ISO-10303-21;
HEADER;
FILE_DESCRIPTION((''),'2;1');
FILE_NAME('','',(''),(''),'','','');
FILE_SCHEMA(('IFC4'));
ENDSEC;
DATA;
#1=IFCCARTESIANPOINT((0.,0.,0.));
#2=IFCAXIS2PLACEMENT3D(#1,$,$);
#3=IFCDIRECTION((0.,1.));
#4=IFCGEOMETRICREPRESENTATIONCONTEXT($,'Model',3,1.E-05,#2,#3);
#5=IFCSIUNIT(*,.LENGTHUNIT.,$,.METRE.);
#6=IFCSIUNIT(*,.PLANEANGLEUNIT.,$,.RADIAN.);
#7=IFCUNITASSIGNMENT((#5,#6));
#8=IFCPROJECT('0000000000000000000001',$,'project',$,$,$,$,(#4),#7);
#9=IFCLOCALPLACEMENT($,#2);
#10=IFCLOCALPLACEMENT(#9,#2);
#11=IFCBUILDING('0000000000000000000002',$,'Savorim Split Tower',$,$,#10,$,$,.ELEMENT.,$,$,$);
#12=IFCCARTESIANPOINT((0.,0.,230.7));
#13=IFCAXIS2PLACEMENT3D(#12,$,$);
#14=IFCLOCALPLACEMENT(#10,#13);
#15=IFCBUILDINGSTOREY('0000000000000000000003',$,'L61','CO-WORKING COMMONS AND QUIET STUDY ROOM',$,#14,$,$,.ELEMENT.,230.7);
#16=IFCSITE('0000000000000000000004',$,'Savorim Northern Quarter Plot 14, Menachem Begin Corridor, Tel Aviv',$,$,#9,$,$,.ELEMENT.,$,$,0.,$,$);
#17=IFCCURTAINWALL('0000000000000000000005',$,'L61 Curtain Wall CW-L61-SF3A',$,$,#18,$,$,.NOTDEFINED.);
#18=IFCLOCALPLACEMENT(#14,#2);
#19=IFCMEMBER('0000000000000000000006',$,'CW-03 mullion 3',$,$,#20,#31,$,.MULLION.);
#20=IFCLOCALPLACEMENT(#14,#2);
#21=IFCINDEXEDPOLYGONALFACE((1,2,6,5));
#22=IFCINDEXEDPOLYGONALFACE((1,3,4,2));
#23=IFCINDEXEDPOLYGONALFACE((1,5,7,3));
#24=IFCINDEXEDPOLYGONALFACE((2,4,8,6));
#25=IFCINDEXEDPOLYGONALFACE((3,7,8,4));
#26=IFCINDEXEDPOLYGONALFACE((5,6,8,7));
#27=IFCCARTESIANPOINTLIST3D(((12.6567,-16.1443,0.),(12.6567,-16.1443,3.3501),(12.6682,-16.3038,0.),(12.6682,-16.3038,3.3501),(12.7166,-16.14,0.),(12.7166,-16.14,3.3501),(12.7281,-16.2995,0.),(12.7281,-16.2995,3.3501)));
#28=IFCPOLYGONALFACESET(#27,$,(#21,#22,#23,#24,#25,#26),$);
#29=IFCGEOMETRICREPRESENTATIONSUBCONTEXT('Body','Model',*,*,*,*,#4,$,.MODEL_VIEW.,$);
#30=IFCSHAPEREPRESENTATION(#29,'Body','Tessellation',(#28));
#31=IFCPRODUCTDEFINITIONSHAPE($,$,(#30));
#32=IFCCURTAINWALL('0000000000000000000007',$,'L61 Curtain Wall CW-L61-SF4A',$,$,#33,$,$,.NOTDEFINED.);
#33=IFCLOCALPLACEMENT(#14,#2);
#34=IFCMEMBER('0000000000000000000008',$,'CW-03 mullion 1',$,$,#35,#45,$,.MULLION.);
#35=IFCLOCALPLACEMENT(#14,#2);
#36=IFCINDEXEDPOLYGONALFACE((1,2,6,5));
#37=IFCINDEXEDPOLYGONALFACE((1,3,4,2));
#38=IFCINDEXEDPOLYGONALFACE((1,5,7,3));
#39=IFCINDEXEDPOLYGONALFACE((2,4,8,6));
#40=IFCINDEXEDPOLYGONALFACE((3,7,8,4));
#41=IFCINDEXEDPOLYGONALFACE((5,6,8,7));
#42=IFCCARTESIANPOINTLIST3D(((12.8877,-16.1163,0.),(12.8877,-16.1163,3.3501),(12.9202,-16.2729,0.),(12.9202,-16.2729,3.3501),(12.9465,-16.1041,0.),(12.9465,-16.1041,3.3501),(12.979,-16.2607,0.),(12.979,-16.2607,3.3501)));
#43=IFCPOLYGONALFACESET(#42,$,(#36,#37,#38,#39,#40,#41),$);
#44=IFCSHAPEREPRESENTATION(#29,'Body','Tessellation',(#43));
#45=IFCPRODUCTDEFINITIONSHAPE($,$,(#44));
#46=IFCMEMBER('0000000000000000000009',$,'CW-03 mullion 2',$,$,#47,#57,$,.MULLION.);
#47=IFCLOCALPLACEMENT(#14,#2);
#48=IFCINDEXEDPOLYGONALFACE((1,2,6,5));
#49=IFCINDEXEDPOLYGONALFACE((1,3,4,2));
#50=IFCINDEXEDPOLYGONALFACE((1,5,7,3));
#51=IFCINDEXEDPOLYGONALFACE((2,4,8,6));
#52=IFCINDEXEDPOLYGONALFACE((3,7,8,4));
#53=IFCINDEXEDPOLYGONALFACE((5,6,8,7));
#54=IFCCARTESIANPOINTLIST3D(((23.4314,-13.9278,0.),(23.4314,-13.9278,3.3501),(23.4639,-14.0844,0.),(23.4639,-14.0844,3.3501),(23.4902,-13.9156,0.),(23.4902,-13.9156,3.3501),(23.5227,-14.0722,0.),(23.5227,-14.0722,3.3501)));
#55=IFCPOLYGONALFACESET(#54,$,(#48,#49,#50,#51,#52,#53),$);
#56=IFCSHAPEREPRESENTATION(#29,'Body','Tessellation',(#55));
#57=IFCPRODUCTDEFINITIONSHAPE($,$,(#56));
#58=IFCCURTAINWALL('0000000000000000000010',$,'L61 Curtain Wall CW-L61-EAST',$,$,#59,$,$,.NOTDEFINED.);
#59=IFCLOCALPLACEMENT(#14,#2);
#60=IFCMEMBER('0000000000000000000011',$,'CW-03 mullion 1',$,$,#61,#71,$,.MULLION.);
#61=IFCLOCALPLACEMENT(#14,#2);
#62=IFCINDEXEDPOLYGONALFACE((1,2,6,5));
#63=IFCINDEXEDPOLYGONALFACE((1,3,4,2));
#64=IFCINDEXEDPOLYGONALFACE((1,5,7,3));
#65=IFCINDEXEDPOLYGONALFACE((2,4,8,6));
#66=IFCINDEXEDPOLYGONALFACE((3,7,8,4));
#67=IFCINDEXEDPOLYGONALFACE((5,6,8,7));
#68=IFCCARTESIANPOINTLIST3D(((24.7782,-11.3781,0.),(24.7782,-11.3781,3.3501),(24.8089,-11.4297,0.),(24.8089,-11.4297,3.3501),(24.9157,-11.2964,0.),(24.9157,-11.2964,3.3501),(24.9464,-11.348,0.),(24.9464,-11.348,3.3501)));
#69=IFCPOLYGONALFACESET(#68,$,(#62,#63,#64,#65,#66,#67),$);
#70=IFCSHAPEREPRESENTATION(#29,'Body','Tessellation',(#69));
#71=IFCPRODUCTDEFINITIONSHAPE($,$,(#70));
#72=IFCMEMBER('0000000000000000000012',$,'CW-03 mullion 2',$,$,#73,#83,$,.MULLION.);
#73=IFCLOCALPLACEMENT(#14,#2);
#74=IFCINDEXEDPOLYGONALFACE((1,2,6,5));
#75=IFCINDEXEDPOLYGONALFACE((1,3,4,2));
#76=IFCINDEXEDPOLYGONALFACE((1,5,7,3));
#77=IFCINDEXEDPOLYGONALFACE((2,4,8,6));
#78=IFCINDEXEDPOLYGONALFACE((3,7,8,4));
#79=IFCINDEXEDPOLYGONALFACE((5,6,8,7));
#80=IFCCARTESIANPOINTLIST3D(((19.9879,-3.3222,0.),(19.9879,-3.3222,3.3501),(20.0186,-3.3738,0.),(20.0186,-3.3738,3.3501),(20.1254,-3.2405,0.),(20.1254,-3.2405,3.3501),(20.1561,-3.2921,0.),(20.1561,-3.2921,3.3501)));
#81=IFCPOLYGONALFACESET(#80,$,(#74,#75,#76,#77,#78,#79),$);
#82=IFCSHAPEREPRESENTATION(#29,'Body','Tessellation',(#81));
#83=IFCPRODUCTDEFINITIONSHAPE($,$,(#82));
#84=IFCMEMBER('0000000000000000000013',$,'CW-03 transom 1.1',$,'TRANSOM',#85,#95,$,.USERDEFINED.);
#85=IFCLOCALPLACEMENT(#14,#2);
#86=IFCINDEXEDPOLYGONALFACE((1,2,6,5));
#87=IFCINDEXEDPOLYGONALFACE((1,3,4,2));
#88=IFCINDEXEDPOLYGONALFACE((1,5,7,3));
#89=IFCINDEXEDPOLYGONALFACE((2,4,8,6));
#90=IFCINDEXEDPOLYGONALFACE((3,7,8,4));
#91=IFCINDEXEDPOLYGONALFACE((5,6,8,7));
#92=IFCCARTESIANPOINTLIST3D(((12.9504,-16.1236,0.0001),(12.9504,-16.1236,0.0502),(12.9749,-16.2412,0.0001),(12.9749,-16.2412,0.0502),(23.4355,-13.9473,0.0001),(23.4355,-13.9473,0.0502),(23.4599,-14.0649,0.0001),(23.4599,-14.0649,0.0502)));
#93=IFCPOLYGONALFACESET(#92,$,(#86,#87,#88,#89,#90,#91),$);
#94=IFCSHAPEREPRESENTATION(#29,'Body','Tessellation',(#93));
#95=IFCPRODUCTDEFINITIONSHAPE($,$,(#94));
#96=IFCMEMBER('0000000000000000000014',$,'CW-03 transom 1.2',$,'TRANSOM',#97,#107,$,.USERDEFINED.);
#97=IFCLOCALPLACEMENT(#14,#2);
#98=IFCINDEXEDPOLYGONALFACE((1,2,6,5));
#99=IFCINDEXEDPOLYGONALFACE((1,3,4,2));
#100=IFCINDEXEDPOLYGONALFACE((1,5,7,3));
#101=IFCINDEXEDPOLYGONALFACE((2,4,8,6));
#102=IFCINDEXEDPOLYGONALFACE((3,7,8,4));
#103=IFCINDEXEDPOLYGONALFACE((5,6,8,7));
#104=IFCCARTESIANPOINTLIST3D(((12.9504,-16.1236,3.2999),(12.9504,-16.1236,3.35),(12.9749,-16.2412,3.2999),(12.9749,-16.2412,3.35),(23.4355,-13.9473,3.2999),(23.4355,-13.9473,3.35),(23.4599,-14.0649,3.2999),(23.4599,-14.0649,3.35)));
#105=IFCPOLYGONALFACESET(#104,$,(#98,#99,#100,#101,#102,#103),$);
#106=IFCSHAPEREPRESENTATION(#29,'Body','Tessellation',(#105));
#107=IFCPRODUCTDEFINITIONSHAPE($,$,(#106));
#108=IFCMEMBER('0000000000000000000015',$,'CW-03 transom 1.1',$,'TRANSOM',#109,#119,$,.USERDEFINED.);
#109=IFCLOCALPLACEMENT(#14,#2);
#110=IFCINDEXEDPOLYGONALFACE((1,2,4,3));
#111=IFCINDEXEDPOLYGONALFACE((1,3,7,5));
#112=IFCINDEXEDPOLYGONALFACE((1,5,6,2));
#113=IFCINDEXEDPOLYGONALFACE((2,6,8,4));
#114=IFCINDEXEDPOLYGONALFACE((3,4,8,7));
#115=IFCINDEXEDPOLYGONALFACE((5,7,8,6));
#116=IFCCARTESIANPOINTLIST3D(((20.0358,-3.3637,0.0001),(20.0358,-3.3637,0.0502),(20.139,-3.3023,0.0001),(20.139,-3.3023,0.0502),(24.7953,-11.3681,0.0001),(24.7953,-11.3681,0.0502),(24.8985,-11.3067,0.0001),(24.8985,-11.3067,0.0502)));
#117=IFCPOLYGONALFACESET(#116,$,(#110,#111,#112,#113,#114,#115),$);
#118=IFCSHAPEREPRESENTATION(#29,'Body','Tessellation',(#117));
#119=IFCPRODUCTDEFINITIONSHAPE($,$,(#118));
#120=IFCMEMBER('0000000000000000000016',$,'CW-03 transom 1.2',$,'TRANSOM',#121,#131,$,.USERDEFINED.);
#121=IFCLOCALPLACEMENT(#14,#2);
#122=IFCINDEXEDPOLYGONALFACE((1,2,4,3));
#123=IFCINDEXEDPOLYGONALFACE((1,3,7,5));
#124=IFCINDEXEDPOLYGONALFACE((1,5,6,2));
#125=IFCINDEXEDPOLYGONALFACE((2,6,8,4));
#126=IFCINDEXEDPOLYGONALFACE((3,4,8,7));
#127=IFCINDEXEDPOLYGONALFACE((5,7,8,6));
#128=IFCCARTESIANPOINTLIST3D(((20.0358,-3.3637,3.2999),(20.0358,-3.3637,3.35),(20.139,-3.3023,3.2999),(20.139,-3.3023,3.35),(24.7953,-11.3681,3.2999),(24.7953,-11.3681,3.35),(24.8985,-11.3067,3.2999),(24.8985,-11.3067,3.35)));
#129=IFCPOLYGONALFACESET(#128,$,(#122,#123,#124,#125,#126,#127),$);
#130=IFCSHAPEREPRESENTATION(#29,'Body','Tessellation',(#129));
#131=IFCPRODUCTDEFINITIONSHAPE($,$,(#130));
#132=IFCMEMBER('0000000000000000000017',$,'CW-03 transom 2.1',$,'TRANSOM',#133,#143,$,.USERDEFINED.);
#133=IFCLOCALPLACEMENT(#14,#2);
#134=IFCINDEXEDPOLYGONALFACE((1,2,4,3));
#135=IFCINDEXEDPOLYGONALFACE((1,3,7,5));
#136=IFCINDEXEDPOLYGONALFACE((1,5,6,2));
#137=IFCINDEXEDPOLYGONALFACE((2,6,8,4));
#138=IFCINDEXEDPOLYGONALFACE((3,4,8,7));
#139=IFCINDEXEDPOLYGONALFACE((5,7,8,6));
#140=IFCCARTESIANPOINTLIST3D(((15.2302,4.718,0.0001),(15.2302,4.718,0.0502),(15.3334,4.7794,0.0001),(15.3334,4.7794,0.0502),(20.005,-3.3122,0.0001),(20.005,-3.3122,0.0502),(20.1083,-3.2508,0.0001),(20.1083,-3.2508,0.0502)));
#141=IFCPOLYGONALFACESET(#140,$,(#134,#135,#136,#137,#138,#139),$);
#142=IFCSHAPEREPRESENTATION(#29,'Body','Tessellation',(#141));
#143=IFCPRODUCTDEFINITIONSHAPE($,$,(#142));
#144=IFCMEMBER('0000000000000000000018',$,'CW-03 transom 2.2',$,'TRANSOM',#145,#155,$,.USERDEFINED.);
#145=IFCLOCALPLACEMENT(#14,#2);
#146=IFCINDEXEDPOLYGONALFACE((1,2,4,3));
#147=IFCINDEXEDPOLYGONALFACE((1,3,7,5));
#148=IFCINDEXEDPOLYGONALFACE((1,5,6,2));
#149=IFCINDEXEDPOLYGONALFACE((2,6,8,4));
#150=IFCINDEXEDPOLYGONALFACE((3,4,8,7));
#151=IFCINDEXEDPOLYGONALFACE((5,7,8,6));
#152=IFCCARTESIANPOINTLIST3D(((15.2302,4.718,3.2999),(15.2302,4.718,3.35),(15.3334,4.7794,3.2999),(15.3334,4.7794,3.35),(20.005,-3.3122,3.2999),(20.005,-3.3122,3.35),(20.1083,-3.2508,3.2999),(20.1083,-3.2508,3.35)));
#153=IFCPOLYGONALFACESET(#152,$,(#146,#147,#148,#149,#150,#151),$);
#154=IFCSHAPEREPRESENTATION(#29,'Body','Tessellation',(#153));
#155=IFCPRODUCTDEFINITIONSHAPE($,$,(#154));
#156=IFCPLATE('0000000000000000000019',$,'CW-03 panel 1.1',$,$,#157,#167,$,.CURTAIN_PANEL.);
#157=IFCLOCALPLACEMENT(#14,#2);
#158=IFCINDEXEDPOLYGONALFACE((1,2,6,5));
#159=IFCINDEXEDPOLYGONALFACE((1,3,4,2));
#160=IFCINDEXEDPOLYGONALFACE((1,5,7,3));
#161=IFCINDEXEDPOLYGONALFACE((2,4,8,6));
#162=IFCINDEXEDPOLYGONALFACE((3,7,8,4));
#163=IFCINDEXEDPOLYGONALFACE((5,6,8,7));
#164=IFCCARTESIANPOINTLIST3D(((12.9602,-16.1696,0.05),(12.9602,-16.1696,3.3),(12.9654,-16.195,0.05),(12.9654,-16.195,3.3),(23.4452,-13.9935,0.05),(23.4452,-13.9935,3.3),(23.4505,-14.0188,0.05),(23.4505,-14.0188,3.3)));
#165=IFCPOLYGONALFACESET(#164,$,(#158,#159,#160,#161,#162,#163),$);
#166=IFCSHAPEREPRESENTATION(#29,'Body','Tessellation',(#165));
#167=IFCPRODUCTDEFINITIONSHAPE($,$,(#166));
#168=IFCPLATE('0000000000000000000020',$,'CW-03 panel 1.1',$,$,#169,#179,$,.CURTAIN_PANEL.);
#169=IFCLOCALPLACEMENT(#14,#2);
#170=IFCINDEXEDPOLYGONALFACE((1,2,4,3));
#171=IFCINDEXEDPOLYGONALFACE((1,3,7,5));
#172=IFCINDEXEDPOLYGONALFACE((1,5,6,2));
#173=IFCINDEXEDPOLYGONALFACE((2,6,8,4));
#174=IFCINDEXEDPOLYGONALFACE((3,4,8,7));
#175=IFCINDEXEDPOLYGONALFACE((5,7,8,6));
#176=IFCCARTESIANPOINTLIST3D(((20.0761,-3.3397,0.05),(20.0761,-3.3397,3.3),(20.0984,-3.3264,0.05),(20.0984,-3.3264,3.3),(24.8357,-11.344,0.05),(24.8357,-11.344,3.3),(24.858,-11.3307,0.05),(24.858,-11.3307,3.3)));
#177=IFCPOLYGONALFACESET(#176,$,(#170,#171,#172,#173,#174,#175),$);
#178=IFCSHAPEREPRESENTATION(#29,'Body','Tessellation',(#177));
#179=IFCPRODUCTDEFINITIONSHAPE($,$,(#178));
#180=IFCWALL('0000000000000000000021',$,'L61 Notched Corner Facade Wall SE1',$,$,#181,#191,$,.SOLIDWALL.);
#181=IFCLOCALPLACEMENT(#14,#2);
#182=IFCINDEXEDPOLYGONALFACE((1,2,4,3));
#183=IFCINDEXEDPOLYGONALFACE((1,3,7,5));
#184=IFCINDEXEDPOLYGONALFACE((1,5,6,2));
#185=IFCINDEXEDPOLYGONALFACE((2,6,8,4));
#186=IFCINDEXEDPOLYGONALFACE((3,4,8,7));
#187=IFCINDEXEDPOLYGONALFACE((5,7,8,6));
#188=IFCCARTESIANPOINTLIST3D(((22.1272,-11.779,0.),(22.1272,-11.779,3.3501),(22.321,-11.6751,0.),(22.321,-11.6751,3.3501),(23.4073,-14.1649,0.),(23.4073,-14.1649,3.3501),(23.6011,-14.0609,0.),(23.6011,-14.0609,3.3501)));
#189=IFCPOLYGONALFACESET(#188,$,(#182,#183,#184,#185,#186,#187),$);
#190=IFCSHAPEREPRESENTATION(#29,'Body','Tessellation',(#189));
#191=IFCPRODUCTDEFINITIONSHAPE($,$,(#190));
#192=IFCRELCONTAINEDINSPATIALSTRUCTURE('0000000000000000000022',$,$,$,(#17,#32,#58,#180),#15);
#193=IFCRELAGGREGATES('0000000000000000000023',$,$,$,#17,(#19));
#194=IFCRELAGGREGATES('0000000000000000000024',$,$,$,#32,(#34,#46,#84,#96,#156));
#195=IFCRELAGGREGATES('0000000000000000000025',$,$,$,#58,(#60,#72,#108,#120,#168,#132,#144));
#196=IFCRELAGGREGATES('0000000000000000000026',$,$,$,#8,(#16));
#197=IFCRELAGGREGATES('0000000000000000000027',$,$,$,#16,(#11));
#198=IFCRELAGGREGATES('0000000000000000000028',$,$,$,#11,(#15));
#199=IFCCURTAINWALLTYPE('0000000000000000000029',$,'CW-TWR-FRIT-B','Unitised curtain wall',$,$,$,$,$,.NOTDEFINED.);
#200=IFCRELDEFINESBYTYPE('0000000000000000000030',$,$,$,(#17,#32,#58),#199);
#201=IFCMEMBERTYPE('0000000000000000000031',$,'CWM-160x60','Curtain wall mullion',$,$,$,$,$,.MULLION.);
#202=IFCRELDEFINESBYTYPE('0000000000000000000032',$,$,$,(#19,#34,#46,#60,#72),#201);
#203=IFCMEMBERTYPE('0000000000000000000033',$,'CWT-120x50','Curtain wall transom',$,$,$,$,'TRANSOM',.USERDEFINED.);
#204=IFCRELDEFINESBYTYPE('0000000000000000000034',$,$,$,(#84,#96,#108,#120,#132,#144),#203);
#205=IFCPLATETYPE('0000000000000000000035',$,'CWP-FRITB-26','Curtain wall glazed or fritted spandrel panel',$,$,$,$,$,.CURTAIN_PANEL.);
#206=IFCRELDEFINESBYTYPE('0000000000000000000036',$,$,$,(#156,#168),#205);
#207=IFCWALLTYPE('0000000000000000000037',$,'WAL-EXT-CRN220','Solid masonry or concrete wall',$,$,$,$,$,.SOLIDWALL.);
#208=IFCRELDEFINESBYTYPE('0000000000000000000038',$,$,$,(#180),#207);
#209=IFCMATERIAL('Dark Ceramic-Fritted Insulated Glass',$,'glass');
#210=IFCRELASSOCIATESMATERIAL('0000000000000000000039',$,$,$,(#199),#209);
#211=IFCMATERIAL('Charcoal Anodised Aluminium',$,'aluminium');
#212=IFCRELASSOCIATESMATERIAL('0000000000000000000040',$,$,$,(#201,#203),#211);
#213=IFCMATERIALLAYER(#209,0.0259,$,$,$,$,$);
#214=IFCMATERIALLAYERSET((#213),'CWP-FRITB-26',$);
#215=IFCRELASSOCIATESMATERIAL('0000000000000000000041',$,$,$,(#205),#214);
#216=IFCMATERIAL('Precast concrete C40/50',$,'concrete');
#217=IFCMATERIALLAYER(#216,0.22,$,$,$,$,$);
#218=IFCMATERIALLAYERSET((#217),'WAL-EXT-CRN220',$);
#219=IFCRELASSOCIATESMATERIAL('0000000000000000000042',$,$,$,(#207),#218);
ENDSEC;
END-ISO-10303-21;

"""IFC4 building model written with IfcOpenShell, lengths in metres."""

from ifc_helpers import new_model, si_unit, direction, frame, frame_2d, origin, origin_2d, place, context, subcontext, project, spatial, rectangle, extrude, material, layer, layer_set, material_profile, profile_set, type_object, element, aggregate, save


model = new_model("IFC4")

# Units and contexts
model_context = context("Model", 3, precision=1e-05, world=origin(), true_north=direction((0.0, 1.0)))
body_context = subcontext(model_context, "Body", "Model", "MODEL_VIEW")
ifc_project = project(units=[si_unit("LENGTHUNIT", "METRE"), si_unit("PLANEANGLEUNIT", "RADIAN")], contexts=[model_context])

# Site, building, storey
site_placement = place(None, origin())
site = spatial("IfcSite", under=ifc_project, at=site_placement, Name="Savorim Northern Quarter Plot 14, Menachem Begin Corridor, Tel Aviv", CompositionType="ELEMENT", RefElevation=0.0)
building_placement = place(site_placement, origin())
building = spatial("IfcBuilding", under=site, at=building_placement, Name="Savorim Split Tower", CompositionType="ELEMENT")
storey_placement = place(building_placement, frame((0.0, 0.0, 230.7)))
storey = spatial("IfcBuildingStorey", under=building, at=storey_placement, Name="L61", Description="CO-WORKING COMMONS AND QUIET STUDY ROOM", CompositionType="ELEMENT", Elevation=230.7)

# Curtain wall, member
ifc_material_1 = material(Name="Dark Ceramic-Fritted Insulated Glass", Category="glass")
curtain_wall_type = type_object("IfcCurtainWallType", Name="CW-TWR-FRIT-B", Description="Unitised curtain wall", PredefinedType="NOTDEFINED", material=ifc_material_1)
curtain_wall_1_placement = place(storey_placement, origin())
curtain_wall_1 = element("IfcCurtainWall", 1, at=curtain_wall_1_placement, inside=storey, type_object=curtain_wall_type, Name="L61 Curtain Wall CW-L61-SF3A", PredefinedType="NOTDEFINED")
ifc_material_2 = material(Name="Charcoal Anodised Aluminium", Category="aluminium")
ifc_material_profile_1 = material_profile(ifc_material_2, rectangle(XDim=0.1599, YDim=0.0601, at=origin_2d()), Name="ALU-M 160x60")
ifc_profile_set_1 = profile_set([ifc_material_profile_1], Name="Charcoal Anodised Aluminium")
member_type_1 = type_object("IfcMemberType", Name="CWM-160x60", Description="Curtain wall mullion", PredefinedType="MULLION", material=ifc_profile_set_1)
member_1_placement = place(storey_placement, frame((12.6924, -16.2219, 0.0), z_axis=(0.0, 0.0, 1.0), x_axis=(-0.07156, 0.997436, 0.0)))
member_1 = element("IfcMember", 2, at=member_1_placement, type_object=member_type_1, Name="CW-03 mullion 3", PredefinedType="MULLION", context=body_context, shape_type="SweptSolid", body=[
    extrude(rectangle(XDim=0.1599, YDim=0.0601, at=origin_2d()), origin(), (0.0, 0.0, 1.0), 3.3501),
])
aggregate(curtain_wall_1, [member_1])

# Curtain walls, members
curtain_wall_2_placement = place(storey_placement, origin())
curtain_wall_2 = element("IfcCurtainWall", 3, at=curtain_wall_2_placement, inside=storey, type_object=curtain_wall_type, Name="L61 Curtain Wall CW-L61-SF4A", PredefinedType="NOTDEFINED")
member_2_placement = place(storey_placement, frame((12.9333, -16.1885, 0.0), z_axis=(0.0, 0.0, 1.0), x_axis=(-0.203215, 0.979134, 0.0)))
member_2 = element("IfcMember", 4, at=member_2_placement, type_object=member_type_1, Name="CW-03 mullion 1", PredefinedType="MULLION", context=body_context, shape_type="SweptSolid", body=[
    extrude(rectangle(XDim=0.1599, YDim=0.0601, at=origin_2d()), origin(), (0.0, 0.0, 1.0), 3.3501),
])
member_3_placement = place(storey_placement, frame((23.4771, -14.0, 0.0), z_axis=(0.0, 0.0, 1.0), x_axis=(-0.203215, 0.979134, 0.0)))
member_3 = element("IfcMember", 5, at=member_3_placement, type_object=member_type_1, Name="CW-03 mullion 2", PredefinedType="MULLION", context=body_context, shape_type="SweptSolid", body=[
    extrude(rectangle(XDim=0.1599, YDim=0.0601, at=origin_2d()), origin(), (0.0, 0.0, 1.0), 3.3501),
])
curtain_wall_3_placement = place(storey_placement, origin())
curtain_wall_3 = element("IfcCurtainWall", 6, at=curtain_wall_3_placement, inside=storey, type_object=curtain_wall_type, Name="L61 Curtain Wall CW-L61-EAST", PredefinedType="NOTDEFINED")
member_4_placement = place(storey_placement, frame((24.8623, -11.363, 0.0), z_axis=(0.0, 0.0, 1.0), x_axis=(-0.859524, -0.511096, 0.0)))
member_4 = element("IfcMember", 7, at=member_4_placement, type_object=member_type_1, Name="CW-03 mullion 1", PredefinedType="MULLION", context=body_context, shape_type="SweptSolid", body=[
    extrude(rectangle(XDim=0.1599, YDim=0.0601, at=origin_2d()), origin(), (0.0, 0.0, 1.0), 3.3501),
])
member_5_placement = place(storey_placement, frame((20.072, -3.3071, 0.0), z_axis=(0.0, 0.0, 1.0), x_axis=(-0.859524, -0.511096, 0.0)))
member_5 = element("IfcMember", 8, at=member_5_placement, type_object=member_type_1, Name="CW-03 mullion 2", PredefinedType="MULLION", context=body_context, shape_type="SweptSolid", body=[
    extrude(rectangle(XDim=0.1599, YDim=0.0601, at=origin_2d()), origin(), (0.0, 0.0, 1.0), 3.3501),
])

# Members
ifc_material_profile_2 = material_profile(ifc_material_2, rectangle(XDim=0.1201, YDim=0.05, at=origin_2d()), Name="ALU-T 120x50")
ifc_profile_set_2 = profile_set([ifc_material_profile_2], Name="Charcoal Anodised Aluminium")
member_type_2 = type_object("IfcMemberType", Name="CWT-120x50", Description="Curtain wall transom", ElementType="TRANSOM", PredefinedType="USERDEFINED", material=ifc_profile_set_2)
member_6_placement = place(storey_placement, frame((12.9626, -16.1824, 0.0251), z_axis=(0.979132, 0.203227, 0.0), x_axis=(-0.203227, 0.979132, 0.0)))
member_6 = element("IfcMember", 9, at=member_6_placement, type_object=member_type_2, Name="CW-03 transom 1.1", ObjectType="TRANSOM", PredefinedType="USERDEFINED", context=body_context, shape_type="SweptSolid", body=[
    extrude(rectangle(XDim=0.1201, YDim=0.05, at=origin_2d()), origin(), (0.0, 0.0, 1.0), 10.7085),
])
member_7_placement = place(storey_placement, frame((12.9626, -16.1824, 3.325), z_axis=(0.979132, 0.203227, 0.0), x_axis=(-0.203227, 0.979132, 0.0)))
member_7 = element("IfcMember", 10, at=member_7_placement, type_object=member_type_2, Name="CW-03 transom 1.2", ObjectType="TRANSOM", PredefinedType="USERDEFINED", context=body_context, shape_type="SweptSolid", body=[
    extrude(rectangle(XDim=0.1201, YDim=0.05, at=origin_2d()), origin(), (0.0, 0.0, 1.0), 10.7085),
])
member_8_placement = place(storey_placement, frame((24.8469, -11.3374, 0.0251), z_axis=(-0.511087, 0.859529, 0.0), x_axis=(-0.859529, -0.511087, 0.0)))
member_8 = element("IfcMember", 11, at=member_8_placement, type_object=member_type_2, Name="CW-03 transom 1.1", ObjectType="TRANSOM", PredefinedType="USERDEFINED", context=body_context, shape_type="SweptSolid", body=[
    extrude(rectangle(XDim=0.1201, YDim=0.05, at=origin_2d()), origin(), (0.0, 0.0, 1.0), 9.3125),
])
member_9_placement = place(storey_placement, frame((24.8469, -11.3374, 3.325), z_axis=(-0.511087, 0.859529, 0.0), x_axis=(-0.859529, -0.511087, 0.0)))
member_9 = element("IfcMember", 12, at=member_9_placement, type_object=member_type_2, Name="CW-03 transom 1.2", ObjectType="TRANSOM", PredefinedType="USERDEFINED", context=body_context, shape_type="SweptSolid", body=[
    extrude(rectangle(XDim=0.1201, YDim=0.05, at=origin_2d()), origin(), (0.0, 0.0, 1.0), 9.3125),
])
member_10_placement = place(storey_placement, frame((20.0566, -3.2815, 0.0251), z_axis=(-0.511087, 0.859529, 0.0), x_axis=(-0.859529, -0.511087, 0.0)))
member_10 = element("IfcMember", 13, at=member_10_placement, type_object=member_type_2, Name="CW-03 transom 2.1", ObjectType="TRANSOM", PredefinedType="USERDEFINED", context=body_context, shape_type="SweptSolid", body=[
    extrude(rectangle(XDim=0.1201, YDim=0.05, at=origin_2d()), origin(), (0.0, 0.0, 1.0), 9.3425),
])
member_11_placement = place(storey_placement, frame((20.0566, -3.2815, 3.325), z_axis=(-0.511087, 0.859529, 0.0), x_axis=(-0.859529, -0.511087, 0.0)))
member_11 = element("IfcMember", 14, at=member_11_placement, type_object=member_type_2, Name="CW-03 transom 2.2", ObjectType="TRANSOM", PredefinedType="USERDEFINED", context=body_context, shape_type="SweptSolid", body=[
    extrude(rectangle(XDim=0.1201, YDim=0.05, at=origin_2d()), origin(), (0.0, 0.0, 1.0), 9.3425),
])

# Plates
ifc_layer_1 = layer(ifc_material_1, 0.0259)
ifc_layer_set_1 = layer_set([ifc_layer_1], Name="CWP-FRITB-26")
plate_type = type_object("IfcPlateType", Name="CWP-FRITB-26", Description="Curtain wall glazed or fritted spandrel panel", PredefinedType="CURTAIN_PANEL", material=ifc_layer_set_1)
plate_1_placement = place(storey_placement, frame((18.2053, -15.0942, 0.05), z_axis=(0.0, 0.0, 1.0), x_axis=(0.979134, 0.203215, 0.0)))
plate_1 = element("IfcPlate", 15, at=plate_1_placement, type_object=plate_type, Name="CW-03 panel 1.1", PredefinedType="CURTAIN_PANEL", context=body_context, shape_type="SweptSolid", body=[
    extrude(rectangle(XDim=10.7085, YDim=0.0259, at=origin_2d()), origin(), (0.0, 0.0, 1.0), 3.25),
])
aggregate(curtain_wall_2, [member_2, member_3, member_6, member_7, plate_1])
plate_2_placement = place(storey_placement, frame((22.467, -7.3352, 0.05), z_axis=(0.0, 0.0, 1.0), x_axis=(-0.511096, 0.859524, 0.0)))
plate_2 = element("IfcPlate", 16, at=plate_2_placement, type_object=plate_type, Name="CW-03 panel 1.1", PredefinedType="CURTAIN_PANEL", context=body_context, shape_type="SweptSolid", body=[
    extrude(rectangle(XDim=9.3125, YDim=0.0259, at=origin_2d()), origin(), (0.0, 0.0, 1.0), 3.25),
])
aggregate(curtain_wall_3, [member_4, member_5, member_8, member_9, plate_2, member_10, member_11])

# Wall
ifc_material_3 = material(Name="Precast concrete C40/50", Category="concrete")
ifc_layer_2 = layer(ifc_material_3, 0.22)
ifc_layer_set_2 = layer_set([ifc_layer_2], Name="WAL-EXT-CRN220")
wall_type_1 = type_object("IfcWallType", Name="WAL-EXT-CRN220", Description="Solid masonry or concrete wall", PredefinedType="SOLIDWALL", material=ifc_layer_set_2)
wall_1_placement = place(storey_placement, frame((22.2241, -11.7271, 0.0), z_axis=(0.0, 0.0, 1.0), x_axis=(0.472782, -0.88118, 0.0)))
element("IfcWall", 17, at=wall_1_placement, inside=storey, type_object=wall_type_1, Name="L61 Notched Corner Facade Wall SE1", PredefinedType="SOLIDWALL", context=body_context, shape_type="SweptSolid", body=[
    extrude(rectangle(XDim=2.7075, YDim=0.22, at=frame_2d((1.3538, 0.0))), origin(), (0.0, 0.0, 1.0), 3.3501),
])

save(model, "model.ifc")
